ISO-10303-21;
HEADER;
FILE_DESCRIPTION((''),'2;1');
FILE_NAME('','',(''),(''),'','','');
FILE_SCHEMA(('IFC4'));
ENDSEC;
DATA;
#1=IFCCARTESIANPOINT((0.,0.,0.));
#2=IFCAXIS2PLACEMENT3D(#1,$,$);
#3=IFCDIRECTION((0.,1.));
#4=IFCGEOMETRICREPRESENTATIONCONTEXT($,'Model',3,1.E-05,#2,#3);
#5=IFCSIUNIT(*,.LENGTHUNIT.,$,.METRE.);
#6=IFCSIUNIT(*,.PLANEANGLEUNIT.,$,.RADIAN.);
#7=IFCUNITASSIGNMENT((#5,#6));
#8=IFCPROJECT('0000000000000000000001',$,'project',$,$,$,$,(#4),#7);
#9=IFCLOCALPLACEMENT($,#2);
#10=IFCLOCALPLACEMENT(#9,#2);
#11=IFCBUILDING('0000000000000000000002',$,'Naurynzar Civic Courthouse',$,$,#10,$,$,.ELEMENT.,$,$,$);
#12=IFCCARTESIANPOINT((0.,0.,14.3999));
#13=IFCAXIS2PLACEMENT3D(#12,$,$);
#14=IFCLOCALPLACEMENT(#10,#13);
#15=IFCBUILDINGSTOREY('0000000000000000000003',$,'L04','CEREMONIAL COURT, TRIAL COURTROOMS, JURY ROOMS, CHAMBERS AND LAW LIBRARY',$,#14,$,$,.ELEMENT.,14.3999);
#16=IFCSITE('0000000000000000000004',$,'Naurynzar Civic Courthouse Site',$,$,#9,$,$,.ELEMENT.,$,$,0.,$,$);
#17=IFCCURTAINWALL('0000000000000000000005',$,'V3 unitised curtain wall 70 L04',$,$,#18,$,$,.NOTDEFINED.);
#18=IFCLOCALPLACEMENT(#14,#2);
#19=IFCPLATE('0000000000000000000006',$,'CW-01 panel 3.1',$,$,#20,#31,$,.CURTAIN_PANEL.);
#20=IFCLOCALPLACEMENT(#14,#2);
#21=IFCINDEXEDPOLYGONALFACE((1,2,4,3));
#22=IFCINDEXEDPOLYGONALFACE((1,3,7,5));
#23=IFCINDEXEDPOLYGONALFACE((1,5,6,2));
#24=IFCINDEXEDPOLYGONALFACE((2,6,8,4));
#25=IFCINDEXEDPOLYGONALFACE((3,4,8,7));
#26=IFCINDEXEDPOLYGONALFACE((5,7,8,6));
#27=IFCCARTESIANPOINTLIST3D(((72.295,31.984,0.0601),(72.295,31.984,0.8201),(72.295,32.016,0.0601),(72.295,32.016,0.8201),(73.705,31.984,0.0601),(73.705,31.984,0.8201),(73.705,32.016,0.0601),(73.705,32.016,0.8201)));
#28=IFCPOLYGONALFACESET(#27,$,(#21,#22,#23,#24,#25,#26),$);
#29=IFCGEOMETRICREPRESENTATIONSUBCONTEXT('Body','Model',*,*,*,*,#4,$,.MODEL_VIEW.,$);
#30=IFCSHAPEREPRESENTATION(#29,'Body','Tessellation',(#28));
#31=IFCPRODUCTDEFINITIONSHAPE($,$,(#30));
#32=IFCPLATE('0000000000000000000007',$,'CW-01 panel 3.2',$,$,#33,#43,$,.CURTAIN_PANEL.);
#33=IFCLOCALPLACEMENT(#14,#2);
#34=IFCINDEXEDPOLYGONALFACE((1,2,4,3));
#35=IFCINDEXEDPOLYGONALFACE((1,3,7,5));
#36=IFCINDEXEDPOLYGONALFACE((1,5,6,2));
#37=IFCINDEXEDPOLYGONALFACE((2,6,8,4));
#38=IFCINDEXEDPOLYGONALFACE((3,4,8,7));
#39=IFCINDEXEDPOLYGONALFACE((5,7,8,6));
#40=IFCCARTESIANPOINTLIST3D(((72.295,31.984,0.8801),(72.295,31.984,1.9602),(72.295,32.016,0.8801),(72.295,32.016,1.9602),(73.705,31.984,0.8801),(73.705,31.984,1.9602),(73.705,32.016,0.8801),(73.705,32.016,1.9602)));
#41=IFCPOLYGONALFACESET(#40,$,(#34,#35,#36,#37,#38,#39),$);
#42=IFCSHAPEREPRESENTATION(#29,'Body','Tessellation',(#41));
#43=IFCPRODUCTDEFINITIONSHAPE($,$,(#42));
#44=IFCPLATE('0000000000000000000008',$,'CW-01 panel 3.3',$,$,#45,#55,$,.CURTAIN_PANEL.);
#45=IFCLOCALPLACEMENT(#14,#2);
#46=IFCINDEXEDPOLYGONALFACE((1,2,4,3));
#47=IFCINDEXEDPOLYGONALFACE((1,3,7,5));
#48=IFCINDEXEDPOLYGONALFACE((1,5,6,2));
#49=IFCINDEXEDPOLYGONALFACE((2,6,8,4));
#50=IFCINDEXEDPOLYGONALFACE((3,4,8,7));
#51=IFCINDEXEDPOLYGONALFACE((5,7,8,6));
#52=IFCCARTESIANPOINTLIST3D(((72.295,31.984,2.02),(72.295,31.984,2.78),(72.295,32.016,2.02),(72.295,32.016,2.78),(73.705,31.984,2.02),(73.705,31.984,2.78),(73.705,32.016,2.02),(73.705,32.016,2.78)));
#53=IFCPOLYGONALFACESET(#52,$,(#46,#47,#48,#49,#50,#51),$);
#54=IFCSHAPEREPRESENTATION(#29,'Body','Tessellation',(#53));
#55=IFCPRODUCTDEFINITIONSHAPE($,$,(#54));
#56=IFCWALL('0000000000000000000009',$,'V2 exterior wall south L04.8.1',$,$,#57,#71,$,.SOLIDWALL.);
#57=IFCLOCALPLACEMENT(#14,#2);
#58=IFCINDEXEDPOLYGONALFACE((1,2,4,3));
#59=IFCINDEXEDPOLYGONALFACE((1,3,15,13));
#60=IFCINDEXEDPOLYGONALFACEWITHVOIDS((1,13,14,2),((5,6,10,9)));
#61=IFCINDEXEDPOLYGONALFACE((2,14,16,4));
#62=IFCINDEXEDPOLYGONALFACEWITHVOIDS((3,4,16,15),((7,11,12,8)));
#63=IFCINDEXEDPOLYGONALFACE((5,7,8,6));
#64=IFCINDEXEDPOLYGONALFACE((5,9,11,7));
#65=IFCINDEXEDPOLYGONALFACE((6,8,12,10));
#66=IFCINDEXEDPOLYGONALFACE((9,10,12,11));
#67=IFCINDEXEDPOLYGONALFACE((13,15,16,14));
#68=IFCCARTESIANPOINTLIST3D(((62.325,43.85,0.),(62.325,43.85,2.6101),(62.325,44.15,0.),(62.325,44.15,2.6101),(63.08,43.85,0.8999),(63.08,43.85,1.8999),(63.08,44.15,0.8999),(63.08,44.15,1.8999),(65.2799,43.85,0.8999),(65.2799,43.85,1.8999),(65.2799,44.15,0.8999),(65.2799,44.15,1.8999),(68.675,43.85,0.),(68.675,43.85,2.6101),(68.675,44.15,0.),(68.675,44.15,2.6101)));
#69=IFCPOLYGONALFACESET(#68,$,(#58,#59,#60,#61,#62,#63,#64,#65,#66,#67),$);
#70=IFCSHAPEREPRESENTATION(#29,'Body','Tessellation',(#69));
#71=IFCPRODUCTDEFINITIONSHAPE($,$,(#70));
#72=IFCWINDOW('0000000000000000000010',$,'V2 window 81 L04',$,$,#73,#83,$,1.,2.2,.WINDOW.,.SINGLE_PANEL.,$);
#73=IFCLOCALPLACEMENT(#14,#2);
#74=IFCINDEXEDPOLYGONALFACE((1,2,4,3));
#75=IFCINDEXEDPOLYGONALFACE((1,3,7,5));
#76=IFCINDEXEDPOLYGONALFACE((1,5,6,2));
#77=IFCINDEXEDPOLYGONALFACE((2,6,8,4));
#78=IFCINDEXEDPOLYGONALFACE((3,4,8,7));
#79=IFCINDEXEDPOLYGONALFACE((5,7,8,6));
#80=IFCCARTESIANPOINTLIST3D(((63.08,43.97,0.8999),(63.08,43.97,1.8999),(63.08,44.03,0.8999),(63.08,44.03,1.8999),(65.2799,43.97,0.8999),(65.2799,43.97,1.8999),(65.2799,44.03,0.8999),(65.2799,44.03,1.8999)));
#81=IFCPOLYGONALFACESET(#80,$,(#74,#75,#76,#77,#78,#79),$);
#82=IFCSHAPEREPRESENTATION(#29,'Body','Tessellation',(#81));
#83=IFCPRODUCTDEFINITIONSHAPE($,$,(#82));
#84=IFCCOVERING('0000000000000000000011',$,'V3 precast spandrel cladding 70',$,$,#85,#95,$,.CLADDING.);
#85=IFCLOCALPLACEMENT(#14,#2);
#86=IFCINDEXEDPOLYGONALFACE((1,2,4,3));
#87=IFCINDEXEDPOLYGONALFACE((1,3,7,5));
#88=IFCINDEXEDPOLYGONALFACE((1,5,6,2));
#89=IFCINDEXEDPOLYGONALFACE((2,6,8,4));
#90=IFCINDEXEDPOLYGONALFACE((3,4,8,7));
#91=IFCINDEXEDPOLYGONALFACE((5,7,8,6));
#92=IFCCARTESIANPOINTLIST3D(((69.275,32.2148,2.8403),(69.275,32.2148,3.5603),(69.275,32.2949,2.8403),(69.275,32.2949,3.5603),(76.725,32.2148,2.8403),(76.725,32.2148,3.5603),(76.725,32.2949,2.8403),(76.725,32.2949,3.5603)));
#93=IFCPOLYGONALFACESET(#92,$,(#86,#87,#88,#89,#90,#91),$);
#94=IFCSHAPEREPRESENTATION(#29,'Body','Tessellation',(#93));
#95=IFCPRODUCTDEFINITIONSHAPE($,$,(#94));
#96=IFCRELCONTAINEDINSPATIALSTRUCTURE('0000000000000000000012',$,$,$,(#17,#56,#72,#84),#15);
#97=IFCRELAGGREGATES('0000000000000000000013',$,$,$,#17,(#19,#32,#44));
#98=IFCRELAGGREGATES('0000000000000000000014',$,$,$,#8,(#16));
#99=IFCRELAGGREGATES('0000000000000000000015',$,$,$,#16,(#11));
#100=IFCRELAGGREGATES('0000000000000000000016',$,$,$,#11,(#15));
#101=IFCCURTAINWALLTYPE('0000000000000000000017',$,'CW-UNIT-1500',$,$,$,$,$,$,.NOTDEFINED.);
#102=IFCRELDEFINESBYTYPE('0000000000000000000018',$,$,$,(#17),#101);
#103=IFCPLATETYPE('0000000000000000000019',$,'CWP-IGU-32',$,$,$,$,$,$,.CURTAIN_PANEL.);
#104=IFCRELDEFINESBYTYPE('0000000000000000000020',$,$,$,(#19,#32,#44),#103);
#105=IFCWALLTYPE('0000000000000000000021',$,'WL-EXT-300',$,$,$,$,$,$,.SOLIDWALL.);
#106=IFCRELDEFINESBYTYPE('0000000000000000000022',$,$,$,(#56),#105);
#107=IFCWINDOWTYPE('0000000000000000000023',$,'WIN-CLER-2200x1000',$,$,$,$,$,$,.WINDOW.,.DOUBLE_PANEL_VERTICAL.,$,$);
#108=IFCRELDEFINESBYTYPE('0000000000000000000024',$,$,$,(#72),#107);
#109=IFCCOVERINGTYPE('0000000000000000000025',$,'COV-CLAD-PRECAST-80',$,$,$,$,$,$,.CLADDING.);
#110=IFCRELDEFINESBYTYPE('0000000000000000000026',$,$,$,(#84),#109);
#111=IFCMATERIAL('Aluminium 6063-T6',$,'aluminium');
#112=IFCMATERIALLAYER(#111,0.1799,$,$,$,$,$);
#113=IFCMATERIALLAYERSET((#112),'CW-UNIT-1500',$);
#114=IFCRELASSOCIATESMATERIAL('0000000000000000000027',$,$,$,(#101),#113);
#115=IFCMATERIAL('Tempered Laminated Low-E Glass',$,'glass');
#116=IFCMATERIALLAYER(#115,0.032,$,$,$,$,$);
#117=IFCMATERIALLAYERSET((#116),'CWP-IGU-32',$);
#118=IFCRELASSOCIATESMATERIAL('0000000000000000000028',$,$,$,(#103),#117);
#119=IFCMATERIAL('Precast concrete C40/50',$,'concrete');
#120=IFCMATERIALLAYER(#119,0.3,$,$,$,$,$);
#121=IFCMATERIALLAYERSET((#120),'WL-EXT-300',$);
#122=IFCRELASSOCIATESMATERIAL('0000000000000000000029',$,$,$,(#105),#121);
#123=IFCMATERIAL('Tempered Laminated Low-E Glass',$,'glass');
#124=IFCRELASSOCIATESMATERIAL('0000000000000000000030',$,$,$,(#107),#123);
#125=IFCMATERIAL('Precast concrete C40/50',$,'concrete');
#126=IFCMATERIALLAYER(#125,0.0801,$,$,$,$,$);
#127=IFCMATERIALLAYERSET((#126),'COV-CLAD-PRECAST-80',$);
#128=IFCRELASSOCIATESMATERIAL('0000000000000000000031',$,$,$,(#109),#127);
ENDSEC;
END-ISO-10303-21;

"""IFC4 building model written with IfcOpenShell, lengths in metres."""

from ifc_helpers import new_model, si_unit, direction, frame, frame_2d, origin, origin_2d, place, context, subcontext, project, spatial, rectangle, extrude, material, layer, layer_set, type_object, element, fill, aggregate, save


model = new_model("IFC4")

# Units and contexts
model_context = context("Model", 3, precision=1e-05, world=origin(), true_north=direction((0.0, 1.0)))
body_context = subcontext(model_context, "Body", "Model", "MODEL_VIEW")
ifc_project = project(units=[si_unit("LENGTHUNIT", "METRE"), si_unit("PLANEANGLEUNIT", "RADIAN")], contexts=[model_context])

# Site, building, storey
site_placement = place(None, origin())
site = spatial("IfcSite", under=ifc_project, at=site_placement, Name="Naurynzar Civic Courthouse Site", CompositionType="ELEMENT", RefElevation=0.0)
building_placement = place(site_placement, origin())
building = spatial("IfcBuilding", under=site, at=building_placement, Name="Naurynzar Civic Courthouse", CompositionType="ELEMENT")
storey_placement = place(building_placement, frame((0.0, 0.0, 14.3999)))
storey = spatial("IfcBuildingStorey", under=building, at=storey_placement, Name="L04", Description="CEREMONIAL COURT, TRIAL COURTROOMS, JURY ROOMS, CHAMBERS AND LAW LIBRARY", CompositionType="ELEMENT", Elevation=14.3999)

# Curtain wall
ifc_material_1 = material(Name="Aluminium 6063-T6", Category="aluminium")
ifc_layer_1 = layer(ifc_material_1, 0.1799)
ifc_layer_set_1 = layer_set([ifc_layer_1], Name="CW-UNIT-1500")
curtain_wall_type_1 = type_object("IfcCurtainWallType", Name="CW-UNIT-1500", PredefinedType="NOTDEFINED", material=ifc_layer_set_1)
curtain_wall_1_placement = place(storey_placement, origin())
curtain_wall_1 = element("IfcCurtainWall", 1, at=curtain_wall_1_placement, inside=storey, type_object=curtain_wall_type_1, Name="V3 unitised curtain wall 70 L04", PredefinedType="NOTDEFINED")

# Plates
ifc_material_2 = material(Name="Tempered Laminated Low-E Glass", Category="glass")
ifc_layer_2 = layer(ifc_material_2, 0.032)
ifc_layer_set_2 = layer_set([ifc_layer_2], Name="CWP-IGU-32")
plate_type = type_object("IfcPlateType", Name="CWP-IGU-32", PredefinedType="CURTAIN_PANEL", material=ifc_layer_set_2)
plate_1_placement = place(storey_placement, frame((73.0, 32.0, 0.0601), z_axis=(0.0, 0.0, 1.0), x_axis=(1.0, 0.0, 0.0)))
plate_1 = element("IfcPlate", 2, at=plate_1_placement, type_object=plate_type, Name="CW-01 panel 3.1", PredefinedType="CURTAIN_PANEL", context=body_context, shape_type="SweptSolid", body=[
    extrude(rectangle(XDim=1.4099, YDim=0.032, at=origin_2d()), origin(), (0.0, 0.0, 1.0), 0.76),
])
plate_2_placement = place(storey_placement, frame((73.0, 32.0, 0.8801), z_axis=(0.0, 0.0, 1.0), x_axis=(1.0, 0.0, 0.0)))
plate_2 = element("IfcPlate", 3, at=plate_2_placement, type_object=plate_type, Name="CW-01 panel 3.2", PredefinedType="CURTAIN_PANEL", context=body_context, shape_type="SweptSolid", body=[
    extrude(rectangle(XDim=1.4099, YDim=0.032, at=origin_2d()), origin(), (0.0, 0.0, 1.0), 1.0801),
])
plate_3_placement = place(storey_placement, frame((73.0, 32.0, 2.02), z_axis=(0.0, 0.0, 1.0), x_axis=(1.0, 0.0, 0.0)))
plate_3 = element("IfcPlate", 4, at=plate_3_placement, type_object=plate_type, Name="CW-01 panel 3.3", PredefinedType="CURTAIN_PANEL", context=body_context, shape_type="SweptSolid", body=[
    extrude(rectangle(XDim=1.4099, YDim=0.032, at=origin_2d()), origin(), (0.0, 0.0, 1.0), 0.76),
])
aggregate(curtain_wall_1, [plate_1, plate_2, plate_3])

# Wall, opening, window
ifc_material_3 = material(Name="Precast concrete C40/50", Category="concrete")
ifc_layer_3 = layer(ifc_material_3, 0.3)
ifc_layer_set_3 = layer_set([ifc_layer_3], Name="WL-EXT-300")
wall_type = type_object("IfcWallType", Name="WL-EXT-300", PredefinedType="SOLIDWALL", material=ifc_layer_set_3)
wall_placement = place(storey_placement, frame((68.675, 44.0, 0.0), z_axis=(0.0, 0.0, 1.0), x_axis=(-1.0, 0.0, 0.0)))
wall = element("IfcWall", 5, at=wall_placement, inside=storey, type_object=wall_type, Name="V2 exterior wall south L04.8.1", PredefinedType="SOLIDWALL", context=body_context, shape_type="SweptSolid", body=[
    extrude(rectangle(XDim=6.3501, YDim=0.3, at=frame_2d((3.175, 0.0))), origin(), (0.0, 0.0, 1.0), 2.6101),
])
opening_placement = place(wall_placement, frame((3.395, 0.0, 0.8999)))
opening = element("IfcOpeningElement", 6, at=opening_placement, cuts=wall, PredefinedType="OPENING", context=body_context, shape_type="SweptSolid", body=[
    extrude(rectangle(XDim=2.2, YDim=1.0, at=frame_2d((1.1001, 0.5))), frame((0.0, 0.1599, 0.0), z_axis=(0.0, -1.0, 0.0), x_axis=(1.0, 0.0, 0.0)), (0.0, 0.0, 1.0), 0.3201),
])
ifc_material_4 = material(Name="Tempered Laminated Low-E Glass", Category="glass")
window_type = type_object("IfcWindowType", Name="WIN-CLER-2200x1000", PartitioningType="DOUBLE_PANEL_VERTICAL", PredefinedType="WINDOW", material=ifc_material_4)
window_placement = place(opening_placement, origin())
window = element("IfcWindow", 7, at=window_placement, inside=storey, type_object=window_type, Name="V2 window 81 L04", OverallHeight=1.0, OverallWidth=2.2, PartitioningType="SINGLE_PANEL", PredefinedType="WINDOW", context=body_context, shape_type="SweptSolid", body=[
    extrude(rectangle(XDim=2.2, YDim=1.0, at=frame_2d((1.1001, 0.5))), frame((0.0, 0.03, 0.0), z_axis=(0.0, -1.0, 0.0), x_axis=(1.0, 0.0, 0.0)), (0.0, 0.0, 1.0), 0.0601),
])
fill(opening, window)

# Covering
ifc_material_5 = material(Name="Precast concrete C40/50", Category="concrete")
ifc_layer_4 = layer(ifc_material_5, 0.0801)
ifc_layer_set_4 = layer_set([ifc_layer_4], Name="COV-CLAD-PRECAST-80")
covering_type = type_object("IfcCoveringType", Name="COV-CLAD-PRECAST-80", PredefinedType="CLADDING", material=ifc_layer_set_4)
covering_placement = place(storey_placement, frame((73.0, 32.2549, 2.8403), z_axis=(0.0, 0.0, 1.0), x_axis=(1.0, 0.0, 0.0)))
element("IfcCovering", 8, at=covering_placement, inside=storey, type_object=covering_type, Name="V3 precast spandrel cladding 70", PredefinedType="CLADDING", context=body_context, shape_type="SweptSolid", body=[
    extrude(rectangle(XDim=7.45, YDim=0.0801, at=origin_2d()), origin(), (0.0, 0.0, 1.0), 0.72),
])

save(model, "model.ifc")
